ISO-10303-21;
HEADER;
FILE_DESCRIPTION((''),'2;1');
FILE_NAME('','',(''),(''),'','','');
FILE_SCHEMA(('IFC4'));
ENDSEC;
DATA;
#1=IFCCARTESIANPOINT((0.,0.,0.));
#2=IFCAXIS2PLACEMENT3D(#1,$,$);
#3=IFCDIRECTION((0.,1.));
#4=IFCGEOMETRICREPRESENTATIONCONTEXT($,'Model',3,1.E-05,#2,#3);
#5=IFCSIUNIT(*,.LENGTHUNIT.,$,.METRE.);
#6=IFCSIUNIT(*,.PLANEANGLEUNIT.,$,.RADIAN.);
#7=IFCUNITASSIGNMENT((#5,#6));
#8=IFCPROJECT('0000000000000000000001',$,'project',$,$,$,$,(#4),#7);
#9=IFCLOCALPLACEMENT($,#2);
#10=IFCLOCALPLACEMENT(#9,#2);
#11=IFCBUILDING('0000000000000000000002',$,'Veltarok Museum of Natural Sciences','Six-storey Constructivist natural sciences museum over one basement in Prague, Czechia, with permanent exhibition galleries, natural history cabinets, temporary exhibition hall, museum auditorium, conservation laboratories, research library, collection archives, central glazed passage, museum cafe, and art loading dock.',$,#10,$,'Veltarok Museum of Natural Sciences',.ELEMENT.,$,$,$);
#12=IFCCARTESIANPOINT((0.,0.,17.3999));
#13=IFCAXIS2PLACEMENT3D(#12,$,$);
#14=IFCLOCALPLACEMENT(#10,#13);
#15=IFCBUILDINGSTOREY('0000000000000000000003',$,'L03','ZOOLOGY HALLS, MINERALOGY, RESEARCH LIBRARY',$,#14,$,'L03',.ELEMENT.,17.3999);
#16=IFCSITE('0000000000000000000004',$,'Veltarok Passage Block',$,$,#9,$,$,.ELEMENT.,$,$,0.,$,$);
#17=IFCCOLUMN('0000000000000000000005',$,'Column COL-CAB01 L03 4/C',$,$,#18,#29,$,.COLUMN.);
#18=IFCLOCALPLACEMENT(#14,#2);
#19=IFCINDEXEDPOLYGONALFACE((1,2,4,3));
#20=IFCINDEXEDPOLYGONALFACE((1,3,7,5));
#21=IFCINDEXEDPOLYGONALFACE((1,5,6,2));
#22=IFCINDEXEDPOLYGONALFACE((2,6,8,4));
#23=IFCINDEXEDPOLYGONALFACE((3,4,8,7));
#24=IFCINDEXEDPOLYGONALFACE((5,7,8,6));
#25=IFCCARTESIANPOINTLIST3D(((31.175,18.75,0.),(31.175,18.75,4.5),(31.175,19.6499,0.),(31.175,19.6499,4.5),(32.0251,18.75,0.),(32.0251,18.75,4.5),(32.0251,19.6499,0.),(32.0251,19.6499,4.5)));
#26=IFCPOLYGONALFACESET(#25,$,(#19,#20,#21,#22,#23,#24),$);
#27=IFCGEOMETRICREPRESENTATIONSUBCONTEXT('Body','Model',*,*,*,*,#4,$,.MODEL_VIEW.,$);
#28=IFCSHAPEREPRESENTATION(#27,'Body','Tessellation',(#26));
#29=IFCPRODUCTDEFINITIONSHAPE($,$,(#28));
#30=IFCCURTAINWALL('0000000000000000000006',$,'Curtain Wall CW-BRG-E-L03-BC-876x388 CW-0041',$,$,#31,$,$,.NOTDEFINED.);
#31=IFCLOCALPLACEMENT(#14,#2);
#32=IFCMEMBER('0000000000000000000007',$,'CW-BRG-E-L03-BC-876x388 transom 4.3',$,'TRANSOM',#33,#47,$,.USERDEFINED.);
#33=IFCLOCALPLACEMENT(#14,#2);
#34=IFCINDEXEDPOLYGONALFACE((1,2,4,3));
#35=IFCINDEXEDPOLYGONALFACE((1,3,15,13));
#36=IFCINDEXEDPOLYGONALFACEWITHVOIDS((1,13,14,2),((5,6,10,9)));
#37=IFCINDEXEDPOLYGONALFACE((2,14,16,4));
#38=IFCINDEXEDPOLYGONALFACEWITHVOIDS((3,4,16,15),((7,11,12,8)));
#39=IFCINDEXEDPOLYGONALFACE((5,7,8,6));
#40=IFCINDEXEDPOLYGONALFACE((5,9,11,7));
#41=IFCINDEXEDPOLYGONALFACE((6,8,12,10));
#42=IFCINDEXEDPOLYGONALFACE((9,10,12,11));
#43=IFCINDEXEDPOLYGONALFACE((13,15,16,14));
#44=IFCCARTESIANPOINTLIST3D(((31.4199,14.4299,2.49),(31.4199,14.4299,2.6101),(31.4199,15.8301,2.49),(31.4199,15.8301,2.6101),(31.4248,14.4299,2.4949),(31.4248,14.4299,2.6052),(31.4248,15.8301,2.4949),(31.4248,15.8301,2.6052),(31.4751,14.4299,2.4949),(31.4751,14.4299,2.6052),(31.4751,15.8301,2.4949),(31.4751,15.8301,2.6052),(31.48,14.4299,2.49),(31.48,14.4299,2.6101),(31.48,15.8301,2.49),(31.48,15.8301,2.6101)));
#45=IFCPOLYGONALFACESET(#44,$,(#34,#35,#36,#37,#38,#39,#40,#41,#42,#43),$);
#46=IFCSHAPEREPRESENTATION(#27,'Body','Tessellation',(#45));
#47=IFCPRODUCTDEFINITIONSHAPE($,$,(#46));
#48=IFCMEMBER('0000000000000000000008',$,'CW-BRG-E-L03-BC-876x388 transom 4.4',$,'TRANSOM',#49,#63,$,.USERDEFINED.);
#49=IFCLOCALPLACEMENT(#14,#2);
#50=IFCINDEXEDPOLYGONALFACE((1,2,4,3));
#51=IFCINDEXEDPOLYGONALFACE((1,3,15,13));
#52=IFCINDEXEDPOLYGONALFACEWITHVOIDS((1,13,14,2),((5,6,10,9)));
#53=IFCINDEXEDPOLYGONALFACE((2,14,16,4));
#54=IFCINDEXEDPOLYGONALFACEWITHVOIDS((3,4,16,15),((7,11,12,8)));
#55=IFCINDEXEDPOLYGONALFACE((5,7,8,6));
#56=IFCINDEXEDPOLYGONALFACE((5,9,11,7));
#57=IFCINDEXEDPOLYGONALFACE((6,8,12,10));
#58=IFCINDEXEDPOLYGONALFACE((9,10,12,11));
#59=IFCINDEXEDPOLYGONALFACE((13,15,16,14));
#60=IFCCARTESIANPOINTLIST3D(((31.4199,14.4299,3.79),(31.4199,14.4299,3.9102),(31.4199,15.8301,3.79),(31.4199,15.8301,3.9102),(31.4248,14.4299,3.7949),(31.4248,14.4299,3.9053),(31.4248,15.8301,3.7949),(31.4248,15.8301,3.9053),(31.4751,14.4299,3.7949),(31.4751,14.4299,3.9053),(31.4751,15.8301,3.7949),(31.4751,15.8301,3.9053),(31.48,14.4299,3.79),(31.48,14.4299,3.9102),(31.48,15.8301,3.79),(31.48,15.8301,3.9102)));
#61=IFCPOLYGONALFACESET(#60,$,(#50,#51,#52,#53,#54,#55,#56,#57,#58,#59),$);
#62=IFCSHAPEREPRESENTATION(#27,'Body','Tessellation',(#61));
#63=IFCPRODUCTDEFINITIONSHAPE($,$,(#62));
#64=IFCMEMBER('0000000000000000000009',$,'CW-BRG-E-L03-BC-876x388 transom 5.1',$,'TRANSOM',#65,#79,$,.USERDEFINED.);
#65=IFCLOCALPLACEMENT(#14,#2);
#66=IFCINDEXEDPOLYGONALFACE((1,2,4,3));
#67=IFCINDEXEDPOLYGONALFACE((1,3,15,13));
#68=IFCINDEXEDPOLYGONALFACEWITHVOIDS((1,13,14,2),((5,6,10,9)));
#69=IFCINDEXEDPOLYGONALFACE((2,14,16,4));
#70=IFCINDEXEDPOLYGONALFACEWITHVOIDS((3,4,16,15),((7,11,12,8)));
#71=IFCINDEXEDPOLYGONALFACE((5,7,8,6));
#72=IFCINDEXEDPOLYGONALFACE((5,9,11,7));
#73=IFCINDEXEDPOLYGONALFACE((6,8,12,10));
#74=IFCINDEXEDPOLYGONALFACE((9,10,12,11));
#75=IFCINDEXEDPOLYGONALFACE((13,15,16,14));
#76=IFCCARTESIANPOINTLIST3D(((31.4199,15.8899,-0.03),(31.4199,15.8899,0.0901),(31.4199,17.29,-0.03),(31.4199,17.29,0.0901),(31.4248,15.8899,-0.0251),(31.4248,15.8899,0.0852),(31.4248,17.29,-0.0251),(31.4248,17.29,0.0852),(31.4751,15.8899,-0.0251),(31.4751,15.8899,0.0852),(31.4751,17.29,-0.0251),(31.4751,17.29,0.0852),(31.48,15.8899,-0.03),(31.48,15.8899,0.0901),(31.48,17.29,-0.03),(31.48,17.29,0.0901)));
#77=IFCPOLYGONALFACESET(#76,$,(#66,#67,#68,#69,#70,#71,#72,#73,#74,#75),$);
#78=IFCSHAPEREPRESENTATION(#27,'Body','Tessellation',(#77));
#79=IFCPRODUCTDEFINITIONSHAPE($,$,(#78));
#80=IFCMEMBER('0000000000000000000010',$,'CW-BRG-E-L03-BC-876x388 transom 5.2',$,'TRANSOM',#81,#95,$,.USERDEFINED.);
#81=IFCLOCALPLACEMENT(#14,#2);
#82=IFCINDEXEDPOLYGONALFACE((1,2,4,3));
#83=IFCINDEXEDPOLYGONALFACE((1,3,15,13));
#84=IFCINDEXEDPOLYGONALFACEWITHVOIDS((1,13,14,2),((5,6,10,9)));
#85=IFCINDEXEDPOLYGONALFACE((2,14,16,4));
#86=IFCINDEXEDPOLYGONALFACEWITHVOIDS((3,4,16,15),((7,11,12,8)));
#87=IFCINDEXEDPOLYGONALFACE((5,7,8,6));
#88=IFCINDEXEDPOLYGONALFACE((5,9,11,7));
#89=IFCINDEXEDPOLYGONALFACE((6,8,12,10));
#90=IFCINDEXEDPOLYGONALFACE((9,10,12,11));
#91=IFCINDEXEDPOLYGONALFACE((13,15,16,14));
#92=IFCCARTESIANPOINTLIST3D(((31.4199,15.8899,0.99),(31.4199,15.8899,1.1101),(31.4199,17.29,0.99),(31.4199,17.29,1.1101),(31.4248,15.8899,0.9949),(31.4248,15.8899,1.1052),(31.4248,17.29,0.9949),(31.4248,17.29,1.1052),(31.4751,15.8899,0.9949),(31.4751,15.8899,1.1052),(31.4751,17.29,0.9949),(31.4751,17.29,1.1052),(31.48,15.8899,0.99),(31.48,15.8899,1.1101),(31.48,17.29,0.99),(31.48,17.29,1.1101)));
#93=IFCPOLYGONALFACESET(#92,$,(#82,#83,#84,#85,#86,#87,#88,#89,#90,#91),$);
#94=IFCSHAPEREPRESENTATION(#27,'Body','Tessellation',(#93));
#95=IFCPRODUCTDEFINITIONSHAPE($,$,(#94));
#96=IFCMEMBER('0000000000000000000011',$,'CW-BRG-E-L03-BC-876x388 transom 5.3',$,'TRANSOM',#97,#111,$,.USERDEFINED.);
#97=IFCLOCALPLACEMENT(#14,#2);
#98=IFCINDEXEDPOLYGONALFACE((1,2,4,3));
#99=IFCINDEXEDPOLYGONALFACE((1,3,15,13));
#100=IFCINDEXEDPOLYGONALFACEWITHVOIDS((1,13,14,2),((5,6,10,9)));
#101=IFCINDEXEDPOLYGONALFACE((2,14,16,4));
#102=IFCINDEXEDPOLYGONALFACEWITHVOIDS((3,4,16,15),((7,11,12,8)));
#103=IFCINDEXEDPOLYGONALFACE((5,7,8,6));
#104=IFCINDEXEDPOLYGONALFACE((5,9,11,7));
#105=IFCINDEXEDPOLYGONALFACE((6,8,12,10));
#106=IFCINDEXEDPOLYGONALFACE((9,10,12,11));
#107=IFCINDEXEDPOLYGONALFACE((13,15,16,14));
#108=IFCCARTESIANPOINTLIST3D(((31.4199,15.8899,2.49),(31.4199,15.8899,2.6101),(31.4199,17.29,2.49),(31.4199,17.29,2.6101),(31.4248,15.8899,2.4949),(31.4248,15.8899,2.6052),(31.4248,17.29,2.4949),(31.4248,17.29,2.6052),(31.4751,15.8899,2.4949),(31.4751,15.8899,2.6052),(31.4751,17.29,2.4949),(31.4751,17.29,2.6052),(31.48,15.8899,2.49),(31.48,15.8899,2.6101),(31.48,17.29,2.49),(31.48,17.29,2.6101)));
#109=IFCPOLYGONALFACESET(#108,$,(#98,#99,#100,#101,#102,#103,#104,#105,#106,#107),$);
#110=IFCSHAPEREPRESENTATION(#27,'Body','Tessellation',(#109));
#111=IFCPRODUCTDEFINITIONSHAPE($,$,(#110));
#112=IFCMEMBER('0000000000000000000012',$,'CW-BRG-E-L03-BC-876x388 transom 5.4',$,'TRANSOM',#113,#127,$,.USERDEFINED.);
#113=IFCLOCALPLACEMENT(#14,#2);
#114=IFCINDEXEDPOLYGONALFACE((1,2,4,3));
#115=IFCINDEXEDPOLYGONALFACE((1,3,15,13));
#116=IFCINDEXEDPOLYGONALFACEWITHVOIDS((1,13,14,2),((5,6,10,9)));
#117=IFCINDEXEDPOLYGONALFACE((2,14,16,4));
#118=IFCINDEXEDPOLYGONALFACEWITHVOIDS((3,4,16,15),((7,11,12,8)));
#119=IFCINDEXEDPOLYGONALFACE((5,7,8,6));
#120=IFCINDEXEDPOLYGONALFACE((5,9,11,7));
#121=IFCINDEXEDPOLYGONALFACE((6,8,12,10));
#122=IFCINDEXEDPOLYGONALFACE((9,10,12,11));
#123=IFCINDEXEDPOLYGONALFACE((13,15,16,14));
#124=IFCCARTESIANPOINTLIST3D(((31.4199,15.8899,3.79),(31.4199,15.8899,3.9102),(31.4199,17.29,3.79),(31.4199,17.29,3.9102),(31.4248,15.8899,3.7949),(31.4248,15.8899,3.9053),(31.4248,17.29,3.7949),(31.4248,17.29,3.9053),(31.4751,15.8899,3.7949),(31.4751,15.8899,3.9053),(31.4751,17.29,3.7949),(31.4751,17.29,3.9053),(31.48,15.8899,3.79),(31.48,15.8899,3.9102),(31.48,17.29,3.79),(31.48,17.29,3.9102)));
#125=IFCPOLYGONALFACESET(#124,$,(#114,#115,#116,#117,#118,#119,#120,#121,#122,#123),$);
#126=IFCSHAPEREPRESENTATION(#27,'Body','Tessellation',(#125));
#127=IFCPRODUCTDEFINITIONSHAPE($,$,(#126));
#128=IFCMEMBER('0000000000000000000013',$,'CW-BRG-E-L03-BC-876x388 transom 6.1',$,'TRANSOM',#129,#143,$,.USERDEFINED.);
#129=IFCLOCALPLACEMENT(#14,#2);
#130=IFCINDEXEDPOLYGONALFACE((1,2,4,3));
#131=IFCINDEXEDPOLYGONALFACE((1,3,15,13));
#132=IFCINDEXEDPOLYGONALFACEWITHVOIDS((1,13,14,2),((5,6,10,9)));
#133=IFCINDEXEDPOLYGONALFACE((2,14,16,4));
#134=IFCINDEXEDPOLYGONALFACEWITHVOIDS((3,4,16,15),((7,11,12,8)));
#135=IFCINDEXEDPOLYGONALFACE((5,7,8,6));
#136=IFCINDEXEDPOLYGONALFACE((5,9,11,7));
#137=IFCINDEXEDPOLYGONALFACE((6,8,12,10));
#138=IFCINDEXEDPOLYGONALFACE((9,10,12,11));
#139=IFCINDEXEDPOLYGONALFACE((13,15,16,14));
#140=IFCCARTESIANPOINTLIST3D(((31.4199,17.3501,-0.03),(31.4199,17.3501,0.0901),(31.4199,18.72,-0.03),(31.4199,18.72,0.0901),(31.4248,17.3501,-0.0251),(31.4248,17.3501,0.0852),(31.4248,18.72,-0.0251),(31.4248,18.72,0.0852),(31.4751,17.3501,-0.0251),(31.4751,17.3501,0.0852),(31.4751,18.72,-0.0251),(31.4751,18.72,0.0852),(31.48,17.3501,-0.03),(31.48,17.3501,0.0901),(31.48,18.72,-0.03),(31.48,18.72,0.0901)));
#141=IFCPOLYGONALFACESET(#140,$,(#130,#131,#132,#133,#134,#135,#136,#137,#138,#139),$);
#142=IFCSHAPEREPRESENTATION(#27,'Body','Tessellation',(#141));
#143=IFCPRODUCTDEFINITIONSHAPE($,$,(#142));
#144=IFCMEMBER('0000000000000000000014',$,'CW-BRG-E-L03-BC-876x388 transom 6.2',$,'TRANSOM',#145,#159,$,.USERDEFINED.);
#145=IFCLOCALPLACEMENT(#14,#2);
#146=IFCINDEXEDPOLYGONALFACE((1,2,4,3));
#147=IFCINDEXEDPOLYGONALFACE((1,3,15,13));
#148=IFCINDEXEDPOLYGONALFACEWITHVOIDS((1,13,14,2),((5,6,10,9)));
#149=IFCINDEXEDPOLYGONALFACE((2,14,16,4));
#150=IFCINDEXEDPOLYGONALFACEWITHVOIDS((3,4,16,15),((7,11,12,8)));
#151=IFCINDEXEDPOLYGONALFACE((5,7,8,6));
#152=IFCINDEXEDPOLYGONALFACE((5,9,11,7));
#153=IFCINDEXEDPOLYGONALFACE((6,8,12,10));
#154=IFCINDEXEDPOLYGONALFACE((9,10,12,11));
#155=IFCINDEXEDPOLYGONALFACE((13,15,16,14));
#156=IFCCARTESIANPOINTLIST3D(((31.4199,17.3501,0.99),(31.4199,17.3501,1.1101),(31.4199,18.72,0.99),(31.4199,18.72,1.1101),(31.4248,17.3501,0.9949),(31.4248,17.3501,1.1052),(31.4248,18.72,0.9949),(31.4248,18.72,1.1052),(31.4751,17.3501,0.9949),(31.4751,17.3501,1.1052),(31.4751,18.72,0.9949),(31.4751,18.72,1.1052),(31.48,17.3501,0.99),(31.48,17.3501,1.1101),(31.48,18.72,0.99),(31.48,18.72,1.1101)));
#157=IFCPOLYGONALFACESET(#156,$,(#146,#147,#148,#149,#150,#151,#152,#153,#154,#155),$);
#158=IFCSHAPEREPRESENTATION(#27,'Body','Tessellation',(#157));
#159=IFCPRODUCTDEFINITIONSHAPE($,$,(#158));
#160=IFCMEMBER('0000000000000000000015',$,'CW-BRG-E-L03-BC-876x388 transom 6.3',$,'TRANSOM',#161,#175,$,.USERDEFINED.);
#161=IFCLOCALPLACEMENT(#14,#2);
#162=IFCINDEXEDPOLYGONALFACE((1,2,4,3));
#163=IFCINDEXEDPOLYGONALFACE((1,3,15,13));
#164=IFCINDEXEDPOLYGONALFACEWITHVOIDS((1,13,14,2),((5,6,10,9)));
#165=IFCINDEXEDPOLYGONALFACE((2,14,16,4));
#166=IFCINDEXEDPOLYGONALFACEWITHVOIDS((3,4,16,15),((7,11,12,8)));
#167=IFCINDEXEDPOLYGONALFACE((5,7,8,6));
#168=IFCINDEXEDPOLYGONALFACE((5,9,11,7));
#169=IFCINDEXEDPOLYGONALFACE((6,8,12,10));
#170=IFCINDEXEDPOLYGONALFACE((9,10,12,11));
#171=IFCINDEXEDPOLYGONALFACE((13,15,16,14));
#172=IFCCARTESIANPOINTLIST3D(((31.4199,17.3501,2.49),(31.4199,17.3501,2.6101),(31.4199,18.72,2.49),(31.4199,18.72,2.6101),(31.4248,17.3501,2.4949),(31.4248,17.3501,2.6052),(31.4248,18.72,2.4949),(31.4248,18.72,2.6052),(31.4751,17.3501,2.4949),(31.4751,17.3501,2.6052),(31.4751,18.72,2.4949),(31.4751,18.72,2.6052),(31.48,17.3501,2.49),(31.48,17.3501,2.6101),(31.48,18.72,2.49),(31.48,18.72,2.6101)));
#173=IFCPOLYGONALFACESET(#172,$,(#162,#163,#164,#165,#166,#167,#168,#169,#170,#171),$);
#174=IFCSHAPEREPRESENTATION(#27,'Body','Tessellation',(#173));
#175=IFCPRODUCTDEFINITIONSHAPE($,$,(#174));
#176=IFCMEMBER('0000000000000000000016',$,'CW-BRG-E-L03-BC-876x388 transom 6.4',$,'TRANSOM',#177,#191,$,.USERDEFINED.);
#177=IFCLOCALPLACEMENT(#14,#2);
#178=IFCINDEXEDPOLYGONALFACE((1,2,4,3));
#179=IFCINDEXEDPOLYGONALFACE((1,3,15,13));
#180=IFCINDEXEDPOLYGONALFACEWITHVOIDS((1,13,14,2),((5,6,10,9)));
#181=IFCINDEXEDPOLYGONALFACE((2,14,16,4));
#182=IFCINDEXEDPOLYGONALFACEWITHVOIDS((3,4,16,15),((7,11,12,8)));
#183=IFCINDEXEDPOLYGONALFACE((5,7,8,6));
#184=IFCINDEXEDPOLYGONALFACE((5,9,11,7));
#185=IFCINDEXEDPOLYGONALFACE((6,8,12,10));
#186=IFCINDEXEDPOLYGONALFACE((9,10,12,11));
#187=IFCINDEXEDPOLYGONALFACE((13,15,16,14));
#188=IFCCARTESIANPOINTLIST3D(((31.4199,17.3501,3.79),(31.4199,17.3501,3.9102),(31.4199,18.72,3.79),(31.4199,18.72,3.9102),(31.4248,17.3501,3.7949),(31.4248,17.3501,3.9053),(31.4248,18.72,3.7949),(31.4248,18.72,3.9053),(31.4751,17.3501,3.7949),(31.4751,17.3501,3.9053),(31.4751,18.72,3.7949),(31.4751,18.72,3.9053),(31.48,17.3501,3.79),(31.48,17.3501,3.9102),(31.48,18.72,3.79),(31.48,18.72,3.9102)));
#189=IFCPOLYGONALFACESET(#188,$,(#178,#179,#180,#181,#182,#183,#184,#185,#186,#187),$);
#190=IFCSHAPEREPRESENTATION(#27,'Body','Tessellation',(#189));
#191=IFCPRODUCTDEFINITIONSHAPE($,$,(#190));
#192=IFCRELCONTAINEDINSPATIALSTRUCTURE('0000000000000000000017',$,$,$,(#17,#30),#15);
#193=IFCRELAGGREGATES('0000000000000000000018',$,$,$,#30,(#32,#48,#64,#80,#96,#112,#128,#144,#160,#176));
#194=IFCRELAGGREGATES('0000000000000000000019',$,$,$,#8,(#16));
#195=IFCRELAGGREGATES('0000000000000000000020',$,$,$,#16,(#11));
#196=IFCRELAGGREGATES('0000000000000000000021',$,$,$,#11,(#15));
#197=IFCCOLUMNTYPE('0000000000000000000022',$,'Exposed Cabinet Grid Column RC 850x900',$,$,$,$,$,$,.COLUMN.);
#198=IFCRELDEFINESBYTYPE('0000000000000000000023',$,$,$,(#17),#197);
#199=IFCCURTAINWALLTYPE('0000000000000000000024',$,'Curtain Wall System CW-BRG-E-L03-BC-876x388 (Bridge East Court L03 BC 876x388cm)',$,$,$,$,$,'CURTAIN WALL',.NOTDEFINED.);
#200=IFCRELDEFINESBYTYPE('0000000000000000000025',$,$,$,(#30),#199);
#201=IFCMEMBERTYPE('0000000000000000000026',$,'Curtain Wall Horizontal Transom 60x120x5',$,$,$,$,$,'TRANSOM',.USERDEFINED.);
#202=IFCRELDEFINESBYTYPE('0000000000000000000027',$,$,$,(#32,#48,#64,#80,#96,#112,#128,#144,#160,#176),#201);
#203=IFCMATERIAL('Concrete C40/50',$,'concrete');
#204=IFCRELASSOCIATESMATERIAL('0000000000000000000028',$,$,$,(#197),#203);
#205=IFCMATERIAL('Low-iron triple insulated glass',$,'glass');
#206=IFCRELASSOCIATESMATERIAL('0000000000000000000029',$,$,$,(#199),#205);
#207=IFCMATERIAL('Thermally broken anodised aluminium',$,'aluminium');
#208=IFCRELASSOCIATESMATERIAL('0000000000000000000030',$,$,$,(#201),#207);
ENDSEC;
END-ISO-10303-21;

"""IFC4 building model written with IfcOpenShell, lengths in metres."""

from ifc_helpers import new_model, si_unit, direction, frame, origin, origin_2d, place, context, subcontext, project, spatial, rectangle, hollow_rectangle, extrude, material, material_profile, profile_set, type_object, element, aggregate, save


model = new_model("IFC4")

# Units and contexts
model_context = context("Model", 3, precision=1e-05, world=origin(), true_north=direction((0.0, 1.0)))
body_context = subcontext(model_context, "Body", "Model", "MODEL_VIEW")
ifc_project = project(units=[si_unit("LENGTHUNIT", "METRE"), si_unit("PLANEANGLEUNIT", "RADIAN")], contexts=[model_context])

# Site, building, storey
site_placement = place(None, origin())
site = spatial("IfcSite", under=ifc_project, at=site_placement, Name="Veltarok Passage Block", CompositionType="ELEMENT", RefElevation=0.0)
building_placement = place(site_placement, origin())
building = spatial("IfcBuilding", under=site, at=building_placement, Name="Veltarok Museum of Natural Sciences", Description="Six-storey Constructivist natural sciences museum over one basement in Prague, Czechia, with permanent exhibition galleries, natural history cabinets, temporary exhibition hall, museum auditorium, conservation laboratories, research library, collection archives, central glazed passage, museum cafe, and art loading dock.", LongName="Veltarok Museum of Natural Sciences", CompositionType="ELEMENT")
storey_placement = place(building_placement, frame((0.0, 0.0, 17.3999)))
storey = spatial("IfcBuildingStorey", under=building, at=storey_placement, Name="L03", Description="ZOOLOGY HALLS, MINERALOGY, RESEARCH LIBRARY", LongName="L03", CompositionType="ELEMENT", Elevation=17.3999)

# Column
ifc_material_1 = material(Name="Concrete C40/50", Category="concrete")
ifc_material_profile_1 = material_profile(ifc_material_1, rectangle(XDim=0.8501, YDim=0.8999, at=origin_2d()), Name="RC 850x900")
ifc_profile_set_1 = profile_set([ifc_material_profile_1], Name="Concrete C40/50")
column_type = type_object("IfcColumnType", Name="Exposed Cabinet Grid Column RC 850x900", PredefinedType="COLUMN", material=ifc_profile_set_1)
column_placement = place(storey_placement, frame((31.6001, 19.2, 0.0), z_axis=(0.0, 0.0, 1.0), x_axis=(1.0, 0.0, 0.0)))
element("IfcColumn", 1, at=column_placement, inside=storey, type_object=column_type, Name="Column COL-CAB01 L03 4/C", PredefinedType="COLUMN", context=body_context, shape_type="SweptSolid", body=[
    extrude(rectangle(XDim=0.8501, YDim=0.8999, at=origin_2d()), origin(), (0.0, 0.0, 1.0), 4.5),
])

# Curtain wall, members
ifc_material_2 = material(Name="Low-iron triple insulated glass", Category="glass")
curtain_wall_type_1 = type_object("IfcCurtainWallType", Name="Curtain Wall System CW-BRG-E-L03-BC-876x388 (Bridge East Court L03 BC 876x388cm)", ElementType="CURTAIN WALL", PredefinedType="NOTDEFINED", material=ifc_material_2)
curtain_wall_1_placement = place(storey_placement, origin())
curtain_wall_1 = element("IfcCurtainWall", 2, at=curtain_wall_1_placement, inside=storey, type_object=curtain_wall_type_1, Name="Curtain Wall CW-BRG-E-L03-BC-876x388 CW-0041", PredefinedType="NOTDEFINED")
ifc_material_3 = material(Name="Thermally broken anodised aluminium", Category="aluminium")
ifc_material_profile_2 = material_profile(ifc_material_3, hollow_rectangle(XDim=0.0601, YDim=0.1201, WallThickness=0.0049, at=origin_2d()), Name="CW TRANSOM 60x120x5")
ifc_profile_set_2 = profile_set([ifc_material_profile_2], Name="Thermally broken anodised aluminium")
member_type_1 = type_object("IfcMemberType", Name="Curtain Wall Horizontal Transom 60x120x5", ElementType="TRANSOM", PredefinedType="USERDEFINED", material=ifc_profile_set_2)
member_1_placement = place(storey_placement, frame((31.45, 14.4299, 2.55), z_axis=(0.0, 1.0, 0.0), x_axis=(-1.0, 0.0, 0.0)))
member_1 = element("IfcMember", 3, at=member_1_placement, type_object=member_type_1, Name="CW-BRG-E-L03-BC-876x388 transom 4.3", ObjectType="TRANSOM", PredefinedType="USERDEFINED", context=body_context, shape_type="SweptSolid", body=[
    extrude(hollow_rectangle(XDim=0.0601, YDim=0.1201, WallThickness=0.0049, at=origin_2d()), origin(), (0.0, 0.0, 1.0), 1.4001),
])
member_2_placement = place(storey_placement, frame((31.45, 14.4299, 3.8501), z_axis=(0.0, 1.0, 0.0), x_axis=(-1.0, 0.0, 0.0)))
member_2 = element("IfcMember", 4, at=member_2_placement, type_object=member_type_1, Name="CW-BRG-E-L03-BC-876x388 transom 4.4", ObjectType="TRANSOM", PredefinedType="USERDEFINED", context=body_context, shape_type="SweptSolid", body=[
    extrude(hollow_rectangle(XDim=0.0601, YDim=0.1201, WallThickness=0.0049, at=origin_2d()), origin(), (0.0, 0.0, 1.0), 1.4001),
])
member_3_placement = place(storey_placement, frame((31.45, 15.8899, 0.03), z_axis=(0.0, 1.0, 0.0), x_axis=(-1.0, 0.0, 0.0)))
member_3 = element("IfcMember", 5, at=member_3_placement, type_object=member_type_1, Name="CW-BRG-E-L03-BC-876x388 transom 5.1", ObjectType="TRANSOM", PredefinedType="USERDEFINED", context=body_context, shape_type="SweptSolid", body=[
    extrude(hollow_rectangle(XDim=0.0601, YDim=0.1201, WallThickness=0.0049, at=origin_2d()), origin(), (0.0, 0.0, 1.0), 1.4001),
])
member_4_placement = place(storey_placement, frame((31.45, 15.8899, 1.05), z_axis=(0.0, 1.0, 0.0), x_axis=(-1.0, 0.0, 0.0)))
member_4 = element("IfcMember", 6, at=member_4_placement, type_object=member_type_1, Name="CW-BRG-E-L03-BC-876x388 transom 5.2", ObjectType="TRANSOM", PredefinedType="USERDEFINED", context=body_context, shape_type="SweptSolid", body=[
    extrude(hollow_rectangle(XDim=0.0601, YDim=0.1201, WallThickness=0.0049, at=origin_2d()), origin(), (0.0, 0.0, 1.0), 1.4001),
])
member_5_placement = place(storey_placement, frame((31.45, 15.8899, 2.55), z_axis=(0.0, 1.0, 0.0), x_axis=(-1.0, 0.0, 0.0)))
member_5 = element("IfcMember", 7, at=member_5_placement, type_object=member_type_1, Name="CW-BRG-E-L03-BC-876x388 transom 5.3", ObjectType="TRANSOM", PredefinedType="USERDEFINED", context=body_context, shape_type="SweptSolid", body=[
    extrude(hollow_rectangle(XDim=0.0601, YDim=0.1201, WallThickness=0.0049, at=origin_2d()), origin(), (0.0, 0.0, 1.0), 1.4001),
])
member_6_placement = place(storey_placement, frame((31.45, 15.8899, 3.8501), z_axis=(0.0, 1.0, 0.0), x_axis=(-1.0, 0.0, 0.0)))
member_6 = element("IfcMember", 8, at=member_6_placement, type_object=member_type_1, Name="CW-BRG-E-L03-BC-876x388 transom 5.4", ObjectType="TRANSOM", PredefinedType="USERDEFINED", context=body_context, shape_type="SweptSolid", body=[
    extrude(hollow_rectangle(XDim=0.0601, YDim=0.1201, WallThickness=0.0049, at=origin_2d()), origin(), (0.0, 0.0, 1.0), 1.4001),
])
member_7_placement = place(storey_placement, frame((31.45, 17.3501, 0.03), z_axis=(0.0, 1.0, 0.0), x_axis=(-1.0, 0.0, 0.0)))
member_7 = element("IfcMember", 9, at=member_7_placement, type_object=member_type_1, Name="CW-BRG-E-L03-BC-876x388 transom 6.1", ObjectType="TRANSOM", PredefinedType="USERDEFINED", context=body_context, shape_type="SweptSolid", body=[
    extrude(hollow_rectangle(XDim=0.0601, YDim=0.1201, WallThickness=0.0049, at=origin_2d()), origin(), (0.0, 0.0, 1.0), 1.3699),
])
member_8_placement = place(storey_placement, frame((31.45, 17.3501, 1.05), z_axis=(0.0, 1.0, 0.0), x_axis=(-1.0, 0.0, 0.0)))
member_8 = element("IfcMember", 10, at=member_8_placement, type_object=member_type_1, Name="CW-BRG-E-L03-BC-876x388 transom 6.2", ObjectType="TRANSOM", PredefinedType="USERDEFINED", context=body_context, shape_type="SweptSolid", body=[
    extrude(hollow_rectangle(XDim=0.0601, YDim=0.1201, WallThickness=0.0049, at=origin_2d()), origin(), (0.0, 0.0, 1.0), 1.3699),
])
member_9_placement = place(storey_placement, frame((31.45, 17.3501, 2.55), z_axis=(0.0, 1.0, 0.0), x_axis=(-1.0, 0.0, 0.0)))
member_9 = element("IfcMember", 11, at=member_9_placement, type_object=member_type_1, Name="CW-BRG-E-L03-BC-876x388 transom 6.3", ObjectType="TRANSOM", PredefinedType="USERDEFINED", context=body_context, shape_type="SweptSolid", body=[
    extrude(hollow_rectangle(XDim=0.0601, YDim=0.1201, WallThickness=0.0049, at=origin_2d()), origin(), (0.0, 0.0, 1.0), 1.3699),
])
member_10_placement = place(storey_placement, frame((31.45, 17.3501, 3.8501), z_axis=(0.0, 1.0, 0.0), x_axis=(-1.0, 0.0, 0.0)))
member_10 = element("IfcMember", 12, at=member_10_placement, type_object=member_type_1, Name="CW-BRG-E-L03-BC-876x388 transom 6.4", ObjectType="TRANSOM", PredefinedType="USERDEFINED", context=body_context, shape_type="SweptSolid", body=[
    extrude(hollow_rectangle(XDim=0.0601, YDim=0.1201, WallThickness=0.0049, at=origin_2d()), origin(), (0.0, 0.0, 1.0), 1.3699),
])

aggregate(curtain_wall_1, [member_1, member_2, member_3, member_4, member_5, member_6, member_7, member_8, member_9, member_10])

save(model, "model.ifc")
